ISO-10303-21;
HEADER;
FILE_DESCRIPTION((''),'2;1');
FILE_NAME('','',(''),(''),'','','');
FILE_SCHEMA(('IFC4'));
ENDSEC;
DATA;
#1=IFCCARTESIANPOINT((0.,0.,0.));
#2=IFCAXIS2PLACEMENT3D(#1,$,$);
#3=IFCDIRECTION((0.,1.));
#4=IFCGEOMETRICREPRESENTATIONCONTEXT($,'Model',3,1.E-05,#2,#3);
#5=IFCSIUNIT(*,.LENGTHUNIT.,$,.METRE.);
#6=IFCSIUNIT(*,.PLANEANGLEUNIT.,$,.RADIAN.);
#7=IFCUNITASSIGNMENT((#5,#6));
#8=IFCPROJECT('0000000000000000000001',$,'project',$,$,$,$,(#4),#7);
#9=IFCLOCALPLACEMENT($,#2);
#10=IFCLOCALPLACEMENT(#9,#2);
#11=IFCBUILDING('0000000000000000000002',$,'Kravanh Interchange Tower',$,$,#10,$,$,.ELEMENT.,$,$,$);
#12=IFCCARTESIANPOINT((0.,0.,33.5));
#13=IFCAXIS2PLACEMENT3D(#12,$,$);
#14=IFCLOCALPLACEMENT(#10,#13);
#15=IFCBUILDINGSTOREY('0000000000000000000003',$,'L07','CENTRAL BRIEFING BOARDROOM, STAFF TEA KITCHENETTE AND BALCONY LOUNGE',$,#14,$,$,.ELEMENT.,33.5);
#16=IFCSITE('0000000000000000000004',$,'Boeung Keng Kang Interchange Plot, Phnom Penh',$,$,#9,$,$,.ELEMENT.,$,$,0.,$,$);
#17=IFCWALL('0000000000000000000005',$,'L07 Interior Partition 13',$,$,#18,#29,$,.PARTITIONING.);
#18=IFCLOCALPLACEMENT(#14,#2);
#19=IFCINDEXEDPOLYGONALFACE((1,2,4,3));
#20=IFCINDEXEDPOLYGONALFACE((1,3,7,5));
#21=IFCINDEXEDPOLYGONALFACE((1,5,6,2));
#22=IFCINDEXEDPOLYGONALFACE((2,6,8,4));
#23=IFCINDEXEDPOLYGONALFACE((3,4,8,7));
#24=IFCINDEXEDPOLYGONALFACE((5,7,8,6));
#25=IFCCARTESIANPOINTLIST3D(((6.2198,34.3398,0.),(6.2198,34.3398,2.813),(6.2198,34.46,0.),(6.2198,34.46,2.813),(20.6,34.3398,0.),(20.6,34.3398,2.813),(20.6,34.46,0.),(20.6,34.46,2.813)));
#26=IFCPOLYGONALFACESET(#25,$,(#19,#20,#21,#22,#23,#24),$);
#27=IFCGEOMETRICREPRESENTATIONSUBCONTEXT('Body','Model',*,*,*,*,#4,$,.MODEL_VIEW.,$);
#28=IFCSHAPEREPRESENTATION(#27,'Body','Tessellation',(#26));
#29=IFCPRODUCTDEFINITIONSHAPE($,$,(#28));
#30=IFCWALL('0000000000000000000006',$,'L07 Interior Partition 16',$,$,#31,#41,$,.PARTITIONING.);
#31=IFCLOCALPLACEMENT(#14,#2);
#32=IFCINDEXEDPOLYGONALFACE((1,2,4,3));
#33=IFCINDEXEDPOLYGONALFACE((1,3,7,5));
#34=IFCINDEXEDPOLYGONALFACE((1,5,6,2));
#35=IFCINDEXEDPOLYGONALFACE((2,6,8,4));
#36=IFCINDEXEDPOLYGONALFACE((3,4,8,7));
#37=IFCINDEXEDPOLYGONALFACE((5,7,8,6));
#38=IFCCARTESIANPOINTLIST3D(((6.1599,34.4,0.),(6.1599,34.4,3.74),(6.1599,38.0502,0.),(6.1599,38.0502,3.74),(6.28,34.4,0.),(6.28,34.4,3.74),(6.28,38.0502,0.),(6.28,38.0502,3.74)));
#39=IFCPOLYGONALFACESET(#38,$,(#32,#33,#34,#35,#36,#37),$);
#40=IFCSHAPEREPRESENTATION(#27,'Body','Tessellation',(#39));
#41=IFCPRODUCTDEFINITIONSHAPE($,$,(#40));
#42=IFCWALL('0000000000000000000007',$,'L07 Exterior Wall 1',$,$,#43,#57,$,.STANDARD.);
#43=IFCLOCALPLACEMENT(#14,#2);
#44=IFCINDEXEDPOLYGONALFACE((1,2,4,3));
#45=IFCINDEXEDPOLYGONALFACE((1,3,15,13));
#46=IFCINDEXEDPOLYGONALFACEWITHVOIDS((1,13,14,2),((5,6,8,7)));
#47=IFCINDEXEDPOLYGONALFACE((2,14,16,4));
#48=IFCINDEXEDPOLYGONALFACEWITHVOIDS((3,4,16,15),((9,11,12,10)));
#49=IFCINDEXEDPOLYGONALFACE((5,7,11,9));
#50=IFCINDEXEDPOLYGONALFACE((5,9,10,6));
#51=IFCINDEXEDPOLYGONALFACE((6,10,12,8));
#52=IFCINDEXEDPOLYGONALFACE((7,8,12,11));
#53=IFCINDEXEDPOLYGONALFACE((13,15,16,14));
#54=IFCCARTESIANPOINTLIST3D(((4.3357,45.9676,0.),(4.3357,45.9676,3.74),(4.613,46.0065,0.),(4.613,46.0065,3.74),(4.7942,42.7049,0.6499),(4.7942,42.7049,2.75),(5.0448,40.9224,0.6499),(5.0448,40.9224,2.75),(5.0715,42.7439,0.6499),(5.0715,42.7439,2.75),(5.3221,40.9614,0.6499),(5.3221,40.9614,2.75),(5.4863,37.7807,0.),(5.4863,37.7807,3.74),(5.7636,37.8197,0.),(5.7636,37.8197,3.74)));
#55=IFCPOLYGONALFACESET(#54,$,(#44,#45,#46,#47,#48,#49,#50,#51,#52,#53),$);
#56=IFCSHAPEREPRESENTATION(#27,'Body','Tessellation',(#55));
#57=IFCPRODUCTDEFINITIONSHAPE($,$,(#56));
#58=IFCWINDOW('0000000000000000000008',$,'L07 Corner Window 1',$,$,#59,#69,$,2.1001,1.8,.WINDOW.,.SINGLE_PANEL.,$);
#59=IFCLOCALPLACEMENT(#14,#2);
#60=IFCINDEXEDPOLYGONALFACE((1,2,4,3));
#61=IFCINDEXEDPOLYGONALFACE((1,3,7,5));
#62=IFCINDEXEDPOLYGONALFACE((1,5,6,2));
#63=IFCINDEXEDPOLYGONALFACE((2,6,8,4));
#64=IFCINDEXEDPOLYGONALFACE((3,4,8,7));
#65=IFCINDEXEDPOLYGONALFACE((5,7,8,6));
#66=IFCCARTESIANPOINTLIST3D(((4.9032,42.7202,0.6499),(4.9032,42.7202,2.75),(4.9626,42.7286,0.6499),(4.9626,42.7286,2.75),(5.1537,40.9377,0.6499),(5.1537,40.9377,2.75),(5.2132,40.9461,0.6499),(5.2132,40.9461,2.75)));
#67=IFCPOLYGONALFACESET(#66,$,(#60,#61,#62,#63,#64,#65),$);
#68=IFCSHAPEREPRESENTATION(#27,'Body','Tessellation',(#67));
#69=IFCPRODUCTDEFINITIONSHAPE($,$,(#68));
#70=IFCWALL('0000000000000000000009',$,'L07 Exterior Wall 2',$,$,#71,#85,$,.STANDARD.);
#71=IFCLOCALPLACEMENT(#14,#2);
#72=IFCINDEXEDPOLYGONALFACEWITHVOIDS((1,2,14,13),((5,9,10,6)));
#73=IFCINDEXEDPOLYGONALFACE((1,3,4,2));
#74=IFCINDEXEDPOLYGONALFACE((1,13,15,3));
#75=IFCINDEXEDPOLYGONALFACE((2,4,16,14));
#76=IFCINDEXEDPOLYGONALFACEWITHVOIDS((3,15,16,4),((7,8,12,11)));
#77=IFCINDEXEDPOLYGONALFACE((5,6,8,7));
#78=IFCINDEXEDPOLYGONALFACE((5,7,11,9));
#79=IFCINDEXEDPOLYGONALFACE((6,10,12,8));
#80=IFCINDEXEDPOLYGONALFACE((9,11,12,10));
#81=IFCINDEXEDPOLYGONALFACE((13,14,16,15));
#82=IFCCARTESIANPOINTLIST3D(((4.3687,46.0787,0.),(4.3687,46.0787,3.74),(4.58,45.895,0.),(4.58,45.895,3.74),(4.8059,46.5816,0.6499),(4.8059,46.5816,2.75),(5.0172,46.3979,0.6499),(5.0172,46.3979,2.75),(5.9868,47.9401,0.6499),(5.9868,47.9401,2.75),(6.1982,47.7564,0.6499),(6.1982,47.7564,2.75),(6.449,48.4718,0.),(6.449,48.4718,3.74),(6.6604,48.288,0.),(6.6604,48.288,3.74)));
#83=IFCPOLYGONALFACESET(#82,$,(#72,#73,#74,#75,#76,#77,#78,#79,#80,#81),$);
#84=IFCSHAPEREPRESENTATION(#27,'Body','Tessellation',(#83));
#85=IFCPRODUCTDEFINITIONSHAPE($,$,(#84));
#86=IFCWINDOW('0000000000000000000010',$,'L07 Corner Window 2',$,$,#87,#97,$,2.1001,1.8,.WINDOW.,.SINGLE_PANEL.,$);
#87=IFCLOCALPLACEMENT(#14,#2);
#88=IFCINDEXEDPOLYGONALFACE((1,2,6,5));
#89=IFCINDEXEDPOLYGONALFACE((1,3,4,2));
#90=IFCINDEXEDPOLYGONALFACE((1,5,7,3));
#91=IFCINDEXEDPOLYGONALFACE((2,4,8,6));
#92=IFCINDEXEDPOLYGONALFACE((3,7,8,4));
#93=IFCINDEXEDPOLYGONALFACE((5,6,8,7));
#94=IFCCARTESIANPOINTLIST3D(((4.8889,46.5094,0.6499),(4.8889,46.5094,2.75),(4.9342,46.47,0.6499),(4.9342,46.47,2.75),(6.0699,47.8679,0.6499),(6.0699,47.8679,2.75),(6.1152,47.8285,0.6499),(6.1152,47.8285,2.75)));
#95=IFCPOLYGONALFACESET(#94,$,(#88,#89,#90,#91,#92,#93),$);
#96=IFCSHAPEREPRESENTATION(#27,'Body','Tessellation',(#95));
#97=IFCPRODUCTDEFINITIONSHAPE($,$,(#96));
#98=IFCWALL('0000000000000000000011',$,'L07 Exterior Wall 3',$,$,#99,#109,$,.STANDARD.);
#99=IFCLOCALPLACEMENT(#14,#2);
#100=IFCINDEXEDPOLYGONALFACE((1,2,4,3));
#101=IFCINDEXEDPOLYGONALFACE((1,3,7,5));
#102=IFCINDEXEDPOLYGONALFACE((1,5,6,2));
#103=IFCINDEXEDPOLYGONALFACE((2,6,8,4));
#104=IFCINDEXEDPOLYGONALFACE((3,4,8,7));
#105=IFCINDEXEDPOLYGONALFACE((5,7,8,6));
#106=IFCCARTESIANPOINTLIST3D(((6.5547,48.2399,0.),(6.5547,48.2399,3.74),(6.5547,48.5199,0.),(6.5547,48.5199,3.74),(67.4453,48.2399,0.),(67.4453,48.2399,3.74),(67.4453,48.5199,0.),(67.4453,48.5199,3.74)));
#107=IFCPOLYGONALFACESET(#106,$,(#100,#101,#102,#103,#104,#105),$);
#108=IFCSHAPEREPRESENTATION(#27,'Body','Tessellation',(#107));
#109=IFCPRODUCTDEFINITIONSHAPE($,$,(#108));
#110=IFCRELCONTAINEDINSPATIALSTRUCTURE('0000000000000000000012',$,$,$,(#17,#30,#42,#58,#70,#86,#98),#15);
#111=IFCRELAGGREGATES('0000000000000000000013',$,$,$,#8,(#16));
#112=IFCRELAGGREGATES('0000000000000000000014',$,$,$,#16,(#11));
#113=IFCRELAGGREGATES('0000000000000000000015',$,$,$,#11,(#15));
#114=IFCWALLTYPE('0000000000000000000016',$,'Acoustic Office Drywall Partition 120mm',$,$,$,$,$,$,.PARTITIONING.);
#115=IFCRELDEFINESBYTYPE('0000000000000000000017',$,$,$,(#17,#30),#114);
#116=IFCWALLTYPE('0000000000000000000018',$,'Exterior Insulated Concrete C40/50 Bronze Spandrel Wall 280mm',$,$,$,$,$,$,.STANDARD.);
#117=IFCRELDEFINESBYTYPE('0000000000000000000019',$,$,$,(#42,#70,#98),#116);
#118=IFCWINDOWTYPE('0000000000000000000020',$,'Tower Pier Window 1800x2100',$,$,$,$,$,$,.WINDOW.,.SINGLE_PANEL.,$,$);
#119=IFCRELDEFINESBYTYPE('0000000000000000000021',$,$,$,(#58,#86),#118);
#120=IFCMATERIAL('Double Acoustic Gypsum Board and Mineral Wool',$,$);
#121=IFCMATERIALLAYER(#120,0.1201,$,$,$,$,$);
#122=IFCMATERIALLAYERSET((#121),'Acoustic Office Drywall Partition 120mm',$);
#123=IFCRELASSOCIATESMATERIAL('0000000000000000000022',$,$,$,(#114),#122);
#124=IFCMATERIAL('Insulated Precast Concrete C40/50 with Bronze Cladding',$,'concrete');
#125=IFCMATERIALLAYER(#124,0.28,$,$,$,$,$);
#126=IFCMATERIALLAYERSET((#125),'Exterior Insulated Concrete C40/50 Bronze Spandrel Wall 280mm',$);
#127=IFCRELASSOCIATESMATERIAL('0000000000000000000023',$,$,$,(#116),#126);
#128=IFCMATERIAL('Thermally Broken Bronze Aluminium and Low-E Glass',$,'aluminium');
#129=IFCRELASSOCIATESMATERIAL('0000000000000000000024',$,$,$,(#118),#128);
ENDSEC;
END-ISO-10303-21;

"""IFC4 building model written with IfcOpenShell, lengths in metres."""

from ifc_helpers import new_model, si_unit, direction, frame, frame_2d, origin, place, context, subcontext, project, spatial, rectangle, extrude, material, layer, layer_set, type_object, element, fill, save


model = new_model("IFC4")

# Units and contexts
model_context = context("Model", 3, precision=1e-05, world=origin(), true_north=direction((0.0, 1.0)))
body_context = subcontext(model_context, "Body", "Model", "MODEL_VIEW")
ifc_project = project(units=[si_unit("LENGTHUNIT", "METRE"), si_unit("PLANEANGLEUNIT", "RADIAN")], contexts=[model_context])

# Site, building, storey
site_placement = place(None, origin())
site = spatial("IfcSite", under=ifc_project, at=site_placement, Name="Boeung Keng Kang Interchange Plot, Phnom Penh", CompositionType="ELEMENT", RefElevation=0.0)
building_placement = place(site_placement, origin())
building = spatial("IfcBuilding", under=site, at=building_placement, Name="Kravanh Interchange Tower", CompositionType="ELEMENT")
storey_placement = place(building_placement, frame((0.0, 0.0, 33.5)))
storey = spatial("IfcBuildingStorey", under=building, at=storey_placement, Name="L07", Description="CENTRAL BRIEFING BOARDROOM, STAFF TEA KITCHENETTE AND BALCONY LOUNGE", CompositionType="ELEMENT", Elevation=33.5)

# Shared definitions
ifc_material_1 = material(Name="Double Acoustic Gypsum Board and Mineral Wool")
ifc_layer_1 = layer(ifc_material_1, 0.1201)
ifc_layer_set_1 = layer_set([ifc_layer_1], Name="Acoustic Office Drywall Partition 120mm")
wall_type_1 = type_object("IfcWallType", Name="Acoustic Office Drywall Partition 120mm", PredefinedType="PARTITIONING", material=ifc_layer_set_1)

# Walls
wall_1_placement = place(storey_placement, frame((6.22, 34.3999, 0.0), z_axis=(0.0, 0.0, 1.0), x_axis=(1.0, 0.0, 0.0)))
element("IfcWall", 1, at=wall_1_placement, inside=storey, type_object=wall_type_1, Name="L07 Interior Partition 13", PredefinedType="PARTITIONING", context=body_context, shape_type="SweptSolid", body=[
    extrude(rectangle(XDim=14.3801, YDim=0.1201, at=frame_2d((7.1899, 0.0))), origin(), (0.0, 0.0, 1.0), 2.813),
])
wall_2_placement = place(storey_placement, frame((6.22, 34.3999, 0.0), z_axis=(0.0, 0.0, 1.0), x_axis=(0.0, 1.0, 0.0)))
element("IfcWall", 2, at=wall_2_placement, inside=storey, type_object=wall_type_1, Name="L07 Interior Partition 16", PredefinedType="PARTITIONING", context=body_context, shape_type="SweptSolid", body=[
    extrude(rectangle(XDim=3.6501, YDim=0.1201, at=frame_2d((1.8252, 0.0))), origin(), (0.0, 0.0, 1.0), 3.74),
])

# Walls, openings, windows
ifc_material_2 = material(Name="Insulated Precast Concrete C40/50 with Bronze Cladding", Category="concrete")
ifc_layer_2 = layer(ifc_material_2, 0.28)
ifc_layer_set_2 = layer_set([ifc_layer_2], Name="Exterior Insulated Concrete C40/50 Bronze Spandrel Wall 280mm")
wall_type_2 = type_object("IfcWallType", Name="Exterior Insulated Concrete C40/50 Bronze Spandrel Wall 280mm", PredefinedType="STANDARD", material=ifc_layer_set_2)
wall_3_placement = place(storey_placement, frame((5.625, 37.8, 0.0), z_axis=(0.0, 0.0, 1.0), x_axis=(-0.13918, 0.990267, 0.0)))
wall_3 = element("IfcWall", 3, at=wall_3_placement, inside=storey, type_object=wall_type_2, Name="L07 Exterior Wall 1", PredefinedType="STANDARD", context=body_context, shape_type="SweptSolid", body=[
    extrude(rectangle(XDim=8.2673, YDim=0.28, at=frame_2d((4.1338, 0.0))), origin(), (0.0, 0.0, 1.0), 3.74),
])
opening_1_placement = place(wall_3_placement, frame((3.1729, 0.0, 0.6499)))
opening_1 = element("IfcOpeningElement", 4, at=opening_1_placement, cuts=wall_3, PredefinedType="OPENING", context=body_context, shape_type="SweptSolid", body=[
    extrude(rectangle(XDim=1.8, YDim=2.1001, at=frame_2d((0.8999, 1.05))), frame((0.0, 0.1499, 0.0), z_axis=(0.0, -1.0, 0.0), x_axis=(1.0, 0.0, 0.0)), (0.0, 0.0, 1.0), 0.3),
])
ifc_material_3 = material(Name="Thermally Broken Bronze Aluminium and Low-E Glass", Category="aluminium")
window_type = type_object("IfcWindowType", Name="Tower Pier Window 1800x2100", PartitioningType="SINGLE_PANEL", PredefinedType="WINDOW", material=ifc_material_3)
window_1_placement = place(opening_1_placement, origin())
window_1 = element("IfcWindow", 5, at=window_1_placement, inside=storey, type_object=window_type, Name="L07 Corner Window 1", OverallHeight=2.1001, OverallWidth=1.8, PartitioningType="SINGLE_PANEL", PredefinedType="WINDOW", context=body_context, shape_type="SweptSolid", body=[
    extrude(rectangle(XDim=1.8, YDim=2.1001, at=frame_2d((0.8999, 1.05))), frame((0.0, 0.03, 0.0), z_axis=(0.0, -1.0, 0.0), x_axis=(1.0, 0.0, 0.0)), (0.0, 0.0, 1.0), 0.0601),
])
fill(opening_1, window_1)
wall_4_placement = place(storey_placement, frame((4.4744, 45.9868, 0.0), z_axis=(0.0, 0.0, 1.0), x_axis=(0.65607, 0.7547, 0.0)))
wall_4 = element("IfcWall", 6, at=wall_4_placement, inside=storey, type_object=wall_type_2, Name="L07 Exterior Wall 2", PredefinedType="STANDARD", context=body_context, shape_type="SweptSolid", body=[
    extrude(rectangle(XDim=3.1709, YDim=0.28, at=frame_2d((1.5854, 0.0))), origin(), (0.0, 0.0, 1.0), 3.74),
])
opening_2_placement = place(wall_4_placement, frame((0.6665, 0.0, 0.6499)))
opening_2 = element("IfcOpeningElement", 7, at=opening_2_placement, cuts=wall_4, PredefinedType="OPENING", context=body_context, shape_type="SweptSolid", body=[
    extrude(rectangle(XDim=1.8, YDim=2.1001, at=frame_2d((0.8999, 1.05))), frame((0.0, 0.1499, 0.0), z_axis=(0.0, -1.0, 0.0), x_axis=(1.0, 0.0, 0.0)), (0.0, 0.0, 1.0), 0.3),
])
window_2_placement = place(opening_2_placement, origin())
window_2 = element("IfcWindow", 8, at=window_2_placement, inside=storey, type_object=window_type, Name="L07 Corner Window 2", OverallHeight=2.1001, OverallWidth=1.8, PartitioningType="SINGLE_PANEL", PredefinedType="WINDOW", context=body_context, shape_type="SweptSolid", body=[
    extrude(rectangle(XDim=1.8, YDim=2.1001, at=frame_2d((0.8999, 1.05))), frame((0.0, 0.03, 0.0), z_axis=(0.0, -1.0, 0.0), x_axis=(1.0, 0.0, 0.0)), (0.0, 0.0, 1.0), 0.0601),
])
fill(opening_2, window_2)

# Wall
wall_5_placement = place(storey_placement, frame((6.5547, 48.3799, 0.0), z_axis=(0.0, 0.0, 1.0), x_axis=(1.0, 0.0, 0.0)))
element("IfcWall", 9, at=wall_5_placement, inside=storey, type_object=wall_type_2, Name="L07 Exterior Wall 3", PredefinedType="STANDARD", context=body_context, shape_type="SweptSolid", body=[
    extrude(rectangle(XDim=60.8906, YDim=0.28, at=frame_2d((30.4453, 0.0))), origin(), (0.0, 0.0, 1.0), 3.74),
])

save(model, "model.ifc")
